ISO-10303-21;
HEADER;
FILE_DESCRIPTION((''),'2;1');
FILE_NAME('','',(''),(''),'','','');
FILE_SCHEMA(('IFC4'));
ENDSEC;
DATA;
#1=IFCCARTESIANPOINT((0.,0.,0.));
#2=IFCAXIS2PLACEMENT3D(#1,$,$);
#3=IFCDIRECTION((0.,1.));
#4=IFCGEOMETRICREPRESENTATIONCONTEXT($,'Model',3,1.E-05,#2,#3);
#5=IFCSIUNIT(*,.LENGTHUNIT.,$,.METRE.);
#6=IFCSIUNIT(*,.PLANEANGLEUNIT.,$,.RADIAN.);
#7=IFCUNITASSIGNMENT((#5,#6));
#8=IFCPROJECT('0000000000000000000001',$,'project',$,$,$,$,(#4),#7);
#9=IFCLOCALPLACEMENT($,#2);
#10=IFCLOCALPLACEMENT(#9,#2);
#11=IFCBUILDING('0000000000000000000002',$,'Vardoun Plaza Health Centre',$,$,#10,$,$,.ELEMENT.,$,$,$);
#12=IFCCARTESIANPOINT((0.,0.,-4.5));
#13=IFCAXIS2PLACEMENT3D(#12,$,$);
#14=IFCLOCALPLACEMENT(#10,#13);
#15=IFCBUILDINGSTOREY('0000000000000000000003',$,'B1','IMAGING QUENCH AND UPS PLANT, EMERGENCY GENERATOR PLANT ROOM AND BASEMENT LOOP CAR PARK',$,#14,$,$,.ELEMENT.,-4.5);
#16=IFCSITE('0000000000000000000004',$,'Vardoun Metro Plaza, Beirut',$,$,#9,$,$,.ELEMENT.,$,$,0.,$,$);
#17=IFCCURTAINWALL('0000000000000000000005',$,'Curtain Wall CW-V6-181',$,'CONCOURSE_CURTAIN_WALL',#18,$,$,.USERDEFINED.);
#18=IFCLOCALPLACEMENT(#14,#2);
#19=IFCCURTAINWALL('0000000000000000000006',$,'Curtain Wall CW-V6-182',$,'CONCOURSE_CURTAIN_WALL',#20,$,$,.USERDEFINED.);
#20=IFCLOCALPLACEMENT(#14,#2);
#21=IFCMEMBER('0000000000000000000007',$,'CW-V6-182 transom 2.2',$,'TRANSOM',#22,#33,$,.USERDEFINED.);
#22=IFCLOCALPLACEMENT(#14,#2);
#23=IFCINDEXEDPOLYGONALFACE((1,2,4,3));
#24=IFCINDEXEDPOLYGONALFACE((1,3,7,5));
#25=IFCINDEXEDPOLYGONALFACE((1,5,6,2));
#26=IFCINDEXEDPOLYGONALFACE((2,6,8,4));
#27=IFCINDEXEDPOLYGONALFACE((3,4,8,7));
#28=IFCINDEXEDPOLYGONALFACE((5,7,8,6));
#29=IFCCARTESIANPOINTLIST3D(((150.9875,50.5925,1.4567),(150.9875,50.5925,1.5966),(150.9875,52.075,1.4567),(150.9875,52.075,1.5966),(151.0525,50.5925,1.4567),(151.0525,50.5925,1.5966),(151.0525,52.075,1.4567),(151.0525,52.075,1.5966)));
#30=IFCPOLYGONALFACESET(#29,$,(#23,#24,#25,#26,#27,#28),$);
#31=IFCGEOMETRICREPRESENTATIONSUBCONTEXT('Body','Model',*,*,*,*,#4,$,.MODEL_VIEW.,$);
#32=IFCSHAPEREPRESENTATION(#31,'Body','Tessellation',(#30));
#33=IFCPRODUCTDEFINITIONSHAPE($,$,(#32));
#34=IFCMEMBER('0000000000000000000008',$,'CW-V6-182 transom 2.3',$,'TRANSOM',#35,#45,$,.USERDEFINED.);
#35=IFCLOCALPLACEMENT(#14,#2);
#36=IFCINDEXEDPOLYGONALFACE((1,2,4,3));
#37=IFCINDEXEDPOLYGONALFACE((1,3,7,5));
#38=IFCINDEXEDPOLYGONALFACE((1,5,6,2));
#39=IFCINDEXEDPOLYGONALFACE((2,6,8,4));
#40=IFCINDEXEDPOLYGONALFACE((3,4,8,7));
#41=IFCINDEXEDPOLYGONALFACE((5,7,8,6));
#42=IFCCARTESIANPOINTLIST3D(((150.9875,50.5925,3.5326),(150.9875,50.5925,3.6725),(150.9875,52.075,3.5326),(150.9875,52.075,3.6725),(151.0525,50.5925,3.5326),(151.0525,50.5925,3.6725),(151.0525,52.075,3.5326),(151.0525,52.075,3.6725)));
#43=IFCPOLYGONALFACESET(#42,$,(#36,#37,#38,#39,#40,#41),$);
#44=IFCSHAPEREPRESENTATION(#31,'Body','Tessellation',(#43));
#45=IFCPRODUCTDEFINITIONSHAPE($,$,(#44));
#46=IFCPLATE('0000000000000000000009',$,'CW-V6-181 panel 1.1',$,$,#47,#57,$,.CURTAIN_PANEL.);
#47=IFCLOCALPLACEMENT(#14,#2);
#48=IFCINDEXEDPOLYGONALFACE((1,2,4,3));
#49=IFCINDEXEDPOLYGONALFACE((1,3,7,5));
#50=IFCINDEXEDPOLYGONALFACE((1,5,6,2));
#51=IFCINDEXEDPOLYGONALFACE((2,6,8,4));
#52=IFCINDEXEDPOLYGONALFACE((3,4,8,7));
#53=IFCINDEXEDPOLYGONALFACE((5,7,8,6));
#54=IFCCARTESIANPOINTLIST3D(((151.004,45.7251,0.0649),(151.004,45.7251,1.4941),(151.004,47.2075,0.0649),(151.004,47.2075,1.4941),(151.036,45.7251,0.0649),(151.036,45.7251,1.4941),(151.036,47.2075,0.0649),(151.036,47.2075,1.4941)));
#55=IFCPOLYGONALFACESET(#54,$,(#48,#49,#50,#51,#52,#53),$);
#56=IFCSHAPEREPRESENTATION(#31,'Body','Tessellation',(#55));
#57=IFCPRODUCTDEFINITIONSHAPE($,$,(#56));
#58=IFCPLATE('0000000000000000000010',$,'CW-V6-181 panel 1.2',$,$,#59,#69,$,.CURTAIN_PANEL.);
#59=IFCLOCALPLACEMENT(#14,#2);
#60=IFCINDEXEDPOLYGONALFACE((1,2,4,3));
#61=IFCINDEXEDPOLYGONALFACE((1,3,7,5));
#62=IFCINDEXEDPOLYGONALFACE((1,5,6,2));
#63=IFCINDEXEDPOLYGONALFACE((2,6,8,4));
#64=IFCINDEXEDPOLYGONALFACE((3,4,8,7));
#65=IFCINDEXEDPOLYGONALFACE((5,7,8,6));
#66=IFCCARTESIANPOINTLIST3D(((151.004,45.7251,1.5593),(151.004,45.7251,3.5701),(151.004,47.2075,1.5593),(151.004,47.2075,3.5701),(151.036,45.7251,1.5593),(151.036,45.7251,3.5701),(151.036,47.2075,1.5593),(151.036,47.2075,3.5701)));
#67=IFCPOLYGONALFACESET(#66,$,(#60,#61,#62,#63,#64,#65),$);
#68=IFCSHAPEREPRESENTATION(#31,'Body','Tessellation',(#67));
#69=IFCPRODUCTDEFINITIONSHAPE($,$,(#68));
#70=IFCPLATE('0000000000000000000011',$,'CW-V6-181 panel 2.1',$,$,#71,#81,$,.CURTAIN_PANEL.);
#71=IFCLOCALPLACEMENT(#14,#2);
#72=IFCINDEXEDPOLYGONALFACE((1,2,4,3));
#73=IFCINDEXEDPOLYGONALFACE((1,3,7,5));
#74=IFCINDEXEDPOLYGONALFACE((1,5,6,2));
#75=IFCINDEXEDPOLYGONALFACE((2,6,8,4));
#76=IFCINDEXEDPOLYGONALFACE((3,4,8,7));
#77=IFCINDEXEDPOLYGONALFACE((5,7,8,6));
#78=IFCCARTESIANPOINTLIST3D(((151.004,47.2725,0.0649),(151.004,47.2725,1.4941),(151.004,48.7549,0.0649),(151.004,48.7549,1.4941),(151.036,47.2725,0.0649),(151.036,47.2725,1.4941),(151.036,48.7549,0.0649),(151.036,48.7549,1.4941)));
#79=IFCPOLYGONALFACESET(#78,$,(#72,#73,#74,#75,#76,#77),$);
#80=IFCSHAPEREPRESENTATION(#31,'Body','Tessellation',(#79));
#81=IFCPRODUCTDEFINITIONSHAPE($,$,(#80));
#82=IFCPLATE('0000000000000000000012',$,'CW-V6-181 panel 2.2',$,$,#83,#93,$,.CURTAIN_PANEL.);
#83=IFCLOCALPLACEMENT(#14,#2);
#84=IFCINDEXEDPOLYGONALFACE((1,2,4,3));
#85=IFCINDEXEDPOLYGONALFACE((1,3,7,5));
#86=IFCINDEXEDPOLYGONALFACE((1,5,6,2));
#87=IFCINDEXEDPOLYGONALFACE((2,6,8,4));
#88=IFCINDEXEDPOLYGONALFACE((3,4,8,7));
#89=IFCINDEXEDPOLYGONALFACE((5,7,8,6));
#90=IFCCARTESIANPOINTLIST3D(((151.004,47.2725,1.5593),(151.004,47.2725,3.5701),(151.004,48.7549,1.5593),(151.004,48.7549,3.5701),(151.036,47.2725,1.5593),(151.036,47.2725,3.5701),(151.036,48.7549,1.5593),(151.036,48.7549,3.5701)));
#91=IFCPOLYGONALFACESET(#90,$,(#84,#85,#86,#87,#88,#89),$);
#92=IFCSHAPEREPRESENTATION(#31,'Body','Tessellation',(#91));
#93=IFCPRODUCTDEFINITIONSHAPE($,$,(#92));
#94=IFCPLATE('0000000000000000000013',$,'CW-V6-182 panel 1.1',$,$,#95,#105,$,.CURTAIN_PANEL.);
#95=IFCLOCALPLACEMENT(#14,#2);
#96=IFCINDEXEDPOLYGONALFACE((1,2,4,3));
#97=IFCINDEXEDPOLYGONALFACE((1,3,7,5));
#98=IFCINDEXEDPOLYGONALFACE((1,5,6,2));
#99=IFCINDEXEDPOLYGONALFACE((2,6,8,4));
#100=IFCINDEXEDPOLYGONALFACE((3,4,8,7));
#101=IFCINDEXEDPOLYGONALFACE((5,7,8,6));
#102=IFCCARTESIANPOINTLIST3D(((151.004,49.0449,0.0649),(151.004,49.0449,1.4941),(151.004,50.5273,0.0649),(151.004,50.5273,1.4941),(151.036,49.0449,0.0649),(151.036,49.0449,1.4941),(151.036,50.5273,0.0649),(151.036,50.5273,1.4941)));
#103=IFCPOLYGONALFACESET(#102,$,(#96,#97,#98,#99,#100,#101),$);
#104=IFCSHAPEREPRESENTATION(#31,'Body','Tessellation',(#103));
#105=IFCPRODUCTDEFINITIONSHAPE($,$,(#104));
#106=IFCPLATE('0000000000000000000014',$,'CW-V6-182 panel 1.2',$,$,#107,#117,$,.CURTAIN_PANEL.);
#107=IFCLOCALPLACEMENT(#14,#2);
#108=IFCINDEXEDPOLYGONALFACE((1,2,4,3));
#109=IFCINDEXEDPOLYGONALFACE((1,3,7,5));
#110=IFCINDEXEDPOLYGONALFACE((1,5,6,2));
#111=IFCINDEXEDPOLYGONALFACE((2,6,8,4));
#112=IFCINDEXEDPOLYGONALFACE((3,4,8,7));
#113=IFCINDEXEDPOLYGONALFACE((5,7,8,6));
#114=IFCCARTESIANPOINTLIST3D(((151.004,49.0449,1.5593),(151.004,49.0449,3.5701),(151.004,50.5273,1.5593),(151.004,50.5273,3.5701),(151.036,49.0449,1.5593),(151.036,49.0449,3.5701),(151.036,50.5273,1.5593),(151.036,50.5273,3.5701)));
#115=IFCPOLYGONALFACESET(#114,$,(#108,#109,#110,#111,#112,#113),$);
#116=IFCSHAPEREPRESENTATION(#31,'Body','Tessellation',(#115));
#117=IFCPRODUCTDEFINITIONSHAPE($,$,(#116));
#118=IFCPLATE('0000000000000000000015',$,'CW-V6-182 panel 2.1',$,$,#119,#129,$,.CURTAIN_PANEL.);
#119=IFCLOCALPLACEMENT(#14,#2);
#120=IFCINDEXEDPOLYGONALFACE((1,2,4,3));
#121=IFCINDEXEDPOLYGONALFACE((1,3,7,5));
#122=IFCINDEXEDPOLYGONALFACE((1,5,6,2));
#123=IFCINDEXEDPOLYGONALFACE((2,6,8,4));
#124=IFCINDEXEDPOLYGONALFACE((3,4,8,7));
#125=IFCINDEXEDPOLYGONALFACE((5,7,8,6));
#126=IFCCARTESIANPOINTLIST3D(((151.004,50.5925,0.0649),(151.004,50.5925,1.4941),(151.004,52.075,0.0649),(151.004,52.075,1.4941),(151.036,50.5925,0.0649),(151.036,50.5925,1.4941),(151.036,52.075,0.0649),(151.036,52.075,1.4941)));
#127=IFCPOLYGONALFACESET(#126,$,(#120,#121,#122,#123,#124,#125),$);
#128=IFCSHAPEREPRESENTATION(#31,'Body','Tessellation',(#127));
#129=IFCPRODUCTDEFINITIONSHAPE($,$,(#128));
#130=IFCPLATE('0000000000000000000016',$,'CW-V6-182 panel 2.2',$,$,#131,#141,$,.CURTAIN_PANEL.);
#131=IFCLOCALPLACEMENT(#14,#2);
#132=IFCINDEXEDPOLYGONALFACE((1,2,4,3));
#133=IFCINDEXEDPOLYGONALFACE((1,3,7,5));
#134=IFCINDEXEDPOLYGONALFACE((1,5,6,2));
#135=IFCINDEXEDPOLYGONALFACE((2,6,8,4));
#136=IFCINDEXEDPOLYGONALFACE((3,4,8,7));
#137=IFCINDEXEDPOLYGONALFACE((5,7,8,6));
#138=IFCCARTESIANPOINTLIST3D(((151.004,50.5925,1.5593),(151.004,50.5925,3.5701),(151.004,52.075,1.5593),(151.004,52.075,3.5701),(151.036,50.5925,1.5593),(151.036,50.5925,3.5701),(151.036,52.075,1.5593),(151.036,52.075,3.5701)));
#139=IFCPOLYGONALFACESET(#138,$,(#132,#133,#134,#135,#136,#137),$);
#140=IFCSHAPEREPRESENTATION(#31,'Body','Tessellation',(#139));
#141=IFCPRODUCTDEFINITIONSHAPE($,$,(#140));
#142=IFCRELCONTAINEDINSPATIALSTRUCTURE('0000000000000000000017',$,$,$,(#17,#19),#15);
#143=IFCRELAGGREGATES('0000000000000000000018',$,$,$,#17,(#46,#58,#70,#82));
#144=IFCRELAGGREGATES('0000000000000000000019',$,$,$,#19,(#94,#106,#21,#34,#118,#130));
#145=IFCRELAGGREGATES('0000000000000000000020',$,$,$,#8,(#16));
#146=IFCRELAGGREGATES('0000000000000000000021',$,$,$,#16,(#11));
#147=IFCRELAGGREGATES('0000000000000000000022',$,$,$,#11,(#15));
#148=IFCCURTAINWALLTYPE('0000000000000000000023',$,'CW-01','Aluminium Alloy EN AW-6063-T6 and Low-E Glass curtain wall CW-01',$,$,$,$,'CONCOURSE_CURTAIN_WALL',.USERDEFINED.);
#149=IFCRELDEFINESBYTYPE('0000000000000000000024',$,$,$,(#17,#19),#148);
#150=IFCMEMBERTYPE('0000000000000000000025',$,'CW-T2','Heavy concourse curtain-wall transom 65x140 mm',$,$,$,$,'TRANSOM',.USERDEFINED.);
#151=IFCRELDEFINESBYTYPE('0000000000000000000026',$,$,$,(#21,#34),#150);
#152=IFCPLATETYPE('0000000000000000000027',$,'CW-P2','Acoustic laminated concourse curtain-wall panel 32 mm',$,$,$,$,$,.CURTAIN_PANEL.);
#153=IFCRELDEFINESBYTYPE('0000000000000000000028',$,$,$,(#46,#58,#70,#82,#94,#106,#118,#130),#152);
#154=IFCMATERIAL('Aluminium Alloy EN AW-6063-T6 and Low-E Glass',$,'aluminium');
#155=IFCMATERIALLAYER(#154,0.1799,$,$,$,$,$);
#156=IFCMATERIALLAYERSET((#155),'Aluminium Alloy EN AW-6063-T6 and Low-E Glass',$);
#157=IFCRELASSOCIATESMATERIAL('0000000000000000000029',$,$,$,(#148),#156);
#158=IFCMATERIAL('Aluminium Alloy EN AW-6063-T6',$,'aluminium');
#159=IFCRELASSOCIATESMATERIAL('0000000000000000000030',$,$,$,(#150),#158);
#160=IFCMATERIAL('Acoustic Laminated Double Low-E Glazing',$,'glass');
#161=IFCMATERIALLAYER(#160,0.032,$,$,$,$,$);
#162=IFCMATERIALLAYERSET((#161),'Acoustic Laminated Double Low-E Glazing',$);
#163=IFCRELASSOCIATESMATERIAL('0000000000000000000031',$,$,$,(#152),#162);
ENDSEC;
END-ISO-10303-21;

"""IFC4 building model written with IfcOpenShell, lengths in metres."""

from ifc_helpers import new_model, si_unit, direction, frame, origin, origin_2d, place, context, subcontext, project, spatial, rectangle, extrude, material, layer, layer_set, material_profile, profile_set, type_object, element, aggregate, save


model = new_model("IFC4")

# Units and contexts
model_context = context("Model", 3, precision=1e-05, world=origin(), true_north=direction((0.0, 1.0)))
body_context = subcontext(model_context, "Body", "Model", "MODEL_VIEW")
ifc_project = project(units=[si_unit("LENGTHUNIT", "METRE"), si_unit("PLANEANGLEUNIT", "RADIAN")], contexts=[model_context])

# Site, building, storey
site_placement = place(None, origin())
site = spatial("IfcSite", under=ifc_project, at=site_placement, Name="Vardoun Metro Plaza, Beirut", CompositionType="ELEMENT", RefElevation=0.0)
building_placement = place(site_placement, origin())
building = spatial("IfcBuilding", under=site, at=building_placement, Name="Vardoun Plaza Health Centre", CompositionType="ELEMENT")
storey_placement = place(building_placement, frame((0.0, 0.0, -4.5)))
storey = spatial("IfcBuildingStorey", under=building, at=storey_placement, Name="B1", Description="IMAGING QUENCH AND UPS PLANT, EMERGENCY GENERATOR PLANT ROOM AND BASEMENT LOOP CAR PARK", CompositionType="ELEMENT", Elevation=-4.5)

# Curtain walls
ifc_material_1 = material(Name="Aluminium Alloy EN AW-6063-T6 and Low-E Glass", Category="aluminium")
ifc_layer_1 = layer(ifc_material_1, 0.1799)
ifc_layer_set_1 = layer_set([ifc_layer_1], Name="Aluminium Alloy EN AW-6063-T6 and Low-E Glass")
curtain_wall_type = type_object("IfcCurtainWallType", Name="CW-01", Description="Aluminium Alloy EN AW-6063-T6 and Low-E Glass curtain wall CW-01", ElementType="CONCOURSE_CURTAIN_WALL", PredefinedType="USERDEFINED", material=ifc_layer_set_1)
curtain_wall_1_placement = place(storey_placement, origin())
curtain_wall_1 = element("IfcCurtainWall", 1, at=curtain_wall_1_placement, inside=storey, type_object=curtain_wall_type, Name="Curtain Wall CW-V6-181", ObjectType="CONCOURSE_CURTAIN_WALL", PredefinedType="USERDEFINED")
curtain_wall_2_placement = place(storey_placement, origin())
curtain_wall_2 = element("IfcCurtainWall", 2, at=curtain_wall_2_placement, inside=storey, type_object=curtain_wall_type, Name="Curtain Wall CW-V6-182", ObjectType="CONCOURSE_CURTAIN_WALL", PredefinedType="USERDEFINED")

# Members
ifc_material_2 = material(Name="Aluminium Alloy EN AW-6063-T6", Category="aluminium")
ifc_material_profile_1 = material_profile(ifc_material_2, rectangle(XDim=0.0649, YDim=0.1399, at=origin_2d()), Name="CWT 65x140")
ifc_profile_set_1 = profile_set([ifc_material_profile_1], Name="Aluminium Alloy EN AW-6063-T6")
member_type_1 = type_object("IfcMemberType", Name="CW-T2", Description="Heavy concourse curtain-wall transom 65x140 mm", ElementType="TRANSOM", PredefinedType="USERDEFINED", material=ifc_profile_set_1)
member_1_placement = place(storey_placement, frame((151.02, 50.5925, 1.5266), z_axis=(0.0, 1.0, 0.0), x_axis=(-1.0, 0.0, 0.0)))
member_1 = element("IfcMember", 3, at=member_1_placement, type_object=member_type_1, Name="CW-V6-182 transom 2.2", ObjectType="TRANSOM", PredefinedType="USERDEFINED", context=body_context, shape_type="SweptSolid", body=[
    extrude(rectangle(XDim=0.0649, YDim=0.1399, at=origin_2d()), origin(), (0.0, 0.0, 1.0), 1.4824),
])
member_2_placement = place(storey_placement, frame((151.02, 50.5925, 3.6025), z_axis=(0.0, 1.0, 0.0), x_axis=(-1.0, 0.0, 0.0)))
member_2 = element("IfcMember", 4, at=member_2_placement, type_object=member_type_1, Name="CW-V6-182 transom 2.3", ObjectType="TRANSOM", PredefinedType="USERDEFINED", context=body_context, shape_type="SweptSolid", body=[
    extrude(rectangle(XDim=0.0649, YDim=0.1399, at=origin_2d()), origin(), (0.0, 0.0, 1.0), 1.4824),
])

# Plates
ifc_material_3 = material(Name="Acoustic Laminated Double Low-E Glazing", Category="glass")
ifc_layer_2 = layer(ifc_material_3, 0.032)
ifc_layer_set_2 = layer_set([ifc_layer_2], Name="Acoustic Laminated Double Low-E Glazing")
plate_type = type_object("IfcPlateType", Name="CW-P2", Description="Acoustic laminated concourse curtain-wall panel 32 mm", PredefinedType="CURTAIN_PANEL", material=ifc_layer_set_2)
plate_1_placement = place(storey_placement, frame((151.02, 46.4663, 0.0649), z_axis=(0.0, 0.0, 1.0), x_axis=(0.0, 1.0, 0.0)))
plate_1 = element("IfcPlate", 5, at=plate_1_placement, type_object=plate_type, Name="CW-V6-181 panel 1.1", PredefinedType="CURTAIN_PANEL", context=body_context, shape_type="SweptSolid", body=[
    extrude(rectangle(XDim=1.4824, YDim=0.032, at=origin_2d()), origin(), (0.0, 0.0, 1.0), 1.4292),
])
plate_2_placement = place(storey_placement, frame((151.02, 46.4663, 1.5593), z_axis=(0.0, 0.0, 1.0), x_axis=(0.0, 1.0, 0.0)))
plate_2 = element("IfcPlate", 6, at=plate_2_placement, type_object=plate_type, Name="CW-V6-181 panel 1.2", PredefinedType="CURTAIN_PANEL", context=body_context, shape_type="SweptSolid", body=[
    extrude(rectangle(XDim=1.4824, YDim=0.032, at=origin_2d()), origin(), (0.0, 0.0, 1.0), 2.0107),
])
plate_3_placement = place(storey_placement, frame((151.02, 48.0137, 0.0649), z_axis=(0.0, 0.0, 1.0), x_axis=(0.0, 1.0, 0.0)))
plate_3 = element("IfcPlate", 7, at=plate_3_placement, type_object=plate_type, Name="CW-V6-181 panel 2.1", PredefinedType="CURTAIN_PANEL", context=body_context, shape_type="SweptSolid", body=[
    extrude(rectangle(XDim=1.4824, YDim=0.032, at=origin_2d()), origin(), (0.0, 0.0, 1.0), 1.4292),
])
plate_4_placement = place(storey_placement, frame((151.02, 48.0137, 1.5593), z_axis=(0.0, 0.0, 1.0), x_axis=(0.0, 1.0, 0.0)))
plate_4 = element("IfcPlate", 8, at=plate_4_placement, type_object=plate_type, Name="CW-V6-181 panel 2.2", PredefinedType="CURTAIN_PANEL", context=body_context, shape_type="SweptSolid", body=[
    extrude(rectangle(XDim=1.4824, YDim=0.032, at=origin_2d()), origin(), (0.0, 0.0, 1.0), 2.0107),
])
aggregate(curtain_wall_1, [plate_1, plate_2, plate_3, plate_4])
plate_5_placement = place(storey_placement, frame((151.02, 49.7861, 0.0649), z_axis=(0.0, 0.0, 1.0), x_axis=(0.0, 1.0, 0.0)))
plate_5 = element("IfcPlate", 9, at=plate_5_placement, type_object=plate_type, Name="CW-V6-182 panel 1.1", PredefinedType="CURTAIN_PANEL", context=body_context, shape_type="SweptSolid", body=[
    extrude(rectangle(XDim=1.4824, YDim=0.032, at=origin_2d()), origin(), (0.0, 0.0, 1.0), 1.4292),
])
plate_6_placement = place(storey_placement, frame((151.02, 49.7861, 1.5593), z_axis=(0.0, 0.0, 1.0), x_axis=(0.0, 1.0, 0.0)))
plate_6 = element("IfcPlate", 10, at=plate_6_placement, type_object=plate_type, Name="CW-V6-182 panel 1.2", PredefinedType="CURTAIN_PANEL", context=body_context, shape_type="SweptSolid", body=[
    extrude(rectangle(XDim=1.4824, YDim=0.032, at=origin_2d()), origin(), (0.0, 0.0, 1.0), 2.0107),
])
plate_7_placement = place(storey_placement, frame((151.02, 51.3337, 0.0649), z_axis=(0.0, 0.0, 1.0), x_axis=(0.0, 1.0, 0.0)))
plate_7 = element("IfcPlate", 11, at=plate_7_placement, type_object=plate_type, Name="CW-V6-182 panel 2.1", PredefinedType="CURTAIN_PANEL", context=body_context, shape_type="SweptSolid", body=[
    extrude(rectangle(XDim=1.4824, YDim=0.032, at=origin_2d()), origin(), (0.0, 0.0, 1.0), 1.4292),
])
plate_8_placement = place(storey_placement, frame((151.02, 51.3337, 1.5593), z_axis=(0.0, 0.0, 1.0), x_axis=(0.0, 1.0, 0.0)))
plate_8 = element("IfcPlate", 12, at=plate_8_placement, type_object=plate_type, Name="CW-V6-182 panel 2.2", PredefinedType="CURTAIN_PANEL", context=body_context, shape_type="SweptSolid", body=[
    extrude(rectangle(XDim=1.4824, YDim=0.032, at=origin_2d()), origin(), (0.0, 0.0, 1.0), 2.0107),
])
aggregate(curtain_wall_2, [plate_5, plate_6, member_1, member_2, plate_7, plate_8])

save(model, "model.ifc")
